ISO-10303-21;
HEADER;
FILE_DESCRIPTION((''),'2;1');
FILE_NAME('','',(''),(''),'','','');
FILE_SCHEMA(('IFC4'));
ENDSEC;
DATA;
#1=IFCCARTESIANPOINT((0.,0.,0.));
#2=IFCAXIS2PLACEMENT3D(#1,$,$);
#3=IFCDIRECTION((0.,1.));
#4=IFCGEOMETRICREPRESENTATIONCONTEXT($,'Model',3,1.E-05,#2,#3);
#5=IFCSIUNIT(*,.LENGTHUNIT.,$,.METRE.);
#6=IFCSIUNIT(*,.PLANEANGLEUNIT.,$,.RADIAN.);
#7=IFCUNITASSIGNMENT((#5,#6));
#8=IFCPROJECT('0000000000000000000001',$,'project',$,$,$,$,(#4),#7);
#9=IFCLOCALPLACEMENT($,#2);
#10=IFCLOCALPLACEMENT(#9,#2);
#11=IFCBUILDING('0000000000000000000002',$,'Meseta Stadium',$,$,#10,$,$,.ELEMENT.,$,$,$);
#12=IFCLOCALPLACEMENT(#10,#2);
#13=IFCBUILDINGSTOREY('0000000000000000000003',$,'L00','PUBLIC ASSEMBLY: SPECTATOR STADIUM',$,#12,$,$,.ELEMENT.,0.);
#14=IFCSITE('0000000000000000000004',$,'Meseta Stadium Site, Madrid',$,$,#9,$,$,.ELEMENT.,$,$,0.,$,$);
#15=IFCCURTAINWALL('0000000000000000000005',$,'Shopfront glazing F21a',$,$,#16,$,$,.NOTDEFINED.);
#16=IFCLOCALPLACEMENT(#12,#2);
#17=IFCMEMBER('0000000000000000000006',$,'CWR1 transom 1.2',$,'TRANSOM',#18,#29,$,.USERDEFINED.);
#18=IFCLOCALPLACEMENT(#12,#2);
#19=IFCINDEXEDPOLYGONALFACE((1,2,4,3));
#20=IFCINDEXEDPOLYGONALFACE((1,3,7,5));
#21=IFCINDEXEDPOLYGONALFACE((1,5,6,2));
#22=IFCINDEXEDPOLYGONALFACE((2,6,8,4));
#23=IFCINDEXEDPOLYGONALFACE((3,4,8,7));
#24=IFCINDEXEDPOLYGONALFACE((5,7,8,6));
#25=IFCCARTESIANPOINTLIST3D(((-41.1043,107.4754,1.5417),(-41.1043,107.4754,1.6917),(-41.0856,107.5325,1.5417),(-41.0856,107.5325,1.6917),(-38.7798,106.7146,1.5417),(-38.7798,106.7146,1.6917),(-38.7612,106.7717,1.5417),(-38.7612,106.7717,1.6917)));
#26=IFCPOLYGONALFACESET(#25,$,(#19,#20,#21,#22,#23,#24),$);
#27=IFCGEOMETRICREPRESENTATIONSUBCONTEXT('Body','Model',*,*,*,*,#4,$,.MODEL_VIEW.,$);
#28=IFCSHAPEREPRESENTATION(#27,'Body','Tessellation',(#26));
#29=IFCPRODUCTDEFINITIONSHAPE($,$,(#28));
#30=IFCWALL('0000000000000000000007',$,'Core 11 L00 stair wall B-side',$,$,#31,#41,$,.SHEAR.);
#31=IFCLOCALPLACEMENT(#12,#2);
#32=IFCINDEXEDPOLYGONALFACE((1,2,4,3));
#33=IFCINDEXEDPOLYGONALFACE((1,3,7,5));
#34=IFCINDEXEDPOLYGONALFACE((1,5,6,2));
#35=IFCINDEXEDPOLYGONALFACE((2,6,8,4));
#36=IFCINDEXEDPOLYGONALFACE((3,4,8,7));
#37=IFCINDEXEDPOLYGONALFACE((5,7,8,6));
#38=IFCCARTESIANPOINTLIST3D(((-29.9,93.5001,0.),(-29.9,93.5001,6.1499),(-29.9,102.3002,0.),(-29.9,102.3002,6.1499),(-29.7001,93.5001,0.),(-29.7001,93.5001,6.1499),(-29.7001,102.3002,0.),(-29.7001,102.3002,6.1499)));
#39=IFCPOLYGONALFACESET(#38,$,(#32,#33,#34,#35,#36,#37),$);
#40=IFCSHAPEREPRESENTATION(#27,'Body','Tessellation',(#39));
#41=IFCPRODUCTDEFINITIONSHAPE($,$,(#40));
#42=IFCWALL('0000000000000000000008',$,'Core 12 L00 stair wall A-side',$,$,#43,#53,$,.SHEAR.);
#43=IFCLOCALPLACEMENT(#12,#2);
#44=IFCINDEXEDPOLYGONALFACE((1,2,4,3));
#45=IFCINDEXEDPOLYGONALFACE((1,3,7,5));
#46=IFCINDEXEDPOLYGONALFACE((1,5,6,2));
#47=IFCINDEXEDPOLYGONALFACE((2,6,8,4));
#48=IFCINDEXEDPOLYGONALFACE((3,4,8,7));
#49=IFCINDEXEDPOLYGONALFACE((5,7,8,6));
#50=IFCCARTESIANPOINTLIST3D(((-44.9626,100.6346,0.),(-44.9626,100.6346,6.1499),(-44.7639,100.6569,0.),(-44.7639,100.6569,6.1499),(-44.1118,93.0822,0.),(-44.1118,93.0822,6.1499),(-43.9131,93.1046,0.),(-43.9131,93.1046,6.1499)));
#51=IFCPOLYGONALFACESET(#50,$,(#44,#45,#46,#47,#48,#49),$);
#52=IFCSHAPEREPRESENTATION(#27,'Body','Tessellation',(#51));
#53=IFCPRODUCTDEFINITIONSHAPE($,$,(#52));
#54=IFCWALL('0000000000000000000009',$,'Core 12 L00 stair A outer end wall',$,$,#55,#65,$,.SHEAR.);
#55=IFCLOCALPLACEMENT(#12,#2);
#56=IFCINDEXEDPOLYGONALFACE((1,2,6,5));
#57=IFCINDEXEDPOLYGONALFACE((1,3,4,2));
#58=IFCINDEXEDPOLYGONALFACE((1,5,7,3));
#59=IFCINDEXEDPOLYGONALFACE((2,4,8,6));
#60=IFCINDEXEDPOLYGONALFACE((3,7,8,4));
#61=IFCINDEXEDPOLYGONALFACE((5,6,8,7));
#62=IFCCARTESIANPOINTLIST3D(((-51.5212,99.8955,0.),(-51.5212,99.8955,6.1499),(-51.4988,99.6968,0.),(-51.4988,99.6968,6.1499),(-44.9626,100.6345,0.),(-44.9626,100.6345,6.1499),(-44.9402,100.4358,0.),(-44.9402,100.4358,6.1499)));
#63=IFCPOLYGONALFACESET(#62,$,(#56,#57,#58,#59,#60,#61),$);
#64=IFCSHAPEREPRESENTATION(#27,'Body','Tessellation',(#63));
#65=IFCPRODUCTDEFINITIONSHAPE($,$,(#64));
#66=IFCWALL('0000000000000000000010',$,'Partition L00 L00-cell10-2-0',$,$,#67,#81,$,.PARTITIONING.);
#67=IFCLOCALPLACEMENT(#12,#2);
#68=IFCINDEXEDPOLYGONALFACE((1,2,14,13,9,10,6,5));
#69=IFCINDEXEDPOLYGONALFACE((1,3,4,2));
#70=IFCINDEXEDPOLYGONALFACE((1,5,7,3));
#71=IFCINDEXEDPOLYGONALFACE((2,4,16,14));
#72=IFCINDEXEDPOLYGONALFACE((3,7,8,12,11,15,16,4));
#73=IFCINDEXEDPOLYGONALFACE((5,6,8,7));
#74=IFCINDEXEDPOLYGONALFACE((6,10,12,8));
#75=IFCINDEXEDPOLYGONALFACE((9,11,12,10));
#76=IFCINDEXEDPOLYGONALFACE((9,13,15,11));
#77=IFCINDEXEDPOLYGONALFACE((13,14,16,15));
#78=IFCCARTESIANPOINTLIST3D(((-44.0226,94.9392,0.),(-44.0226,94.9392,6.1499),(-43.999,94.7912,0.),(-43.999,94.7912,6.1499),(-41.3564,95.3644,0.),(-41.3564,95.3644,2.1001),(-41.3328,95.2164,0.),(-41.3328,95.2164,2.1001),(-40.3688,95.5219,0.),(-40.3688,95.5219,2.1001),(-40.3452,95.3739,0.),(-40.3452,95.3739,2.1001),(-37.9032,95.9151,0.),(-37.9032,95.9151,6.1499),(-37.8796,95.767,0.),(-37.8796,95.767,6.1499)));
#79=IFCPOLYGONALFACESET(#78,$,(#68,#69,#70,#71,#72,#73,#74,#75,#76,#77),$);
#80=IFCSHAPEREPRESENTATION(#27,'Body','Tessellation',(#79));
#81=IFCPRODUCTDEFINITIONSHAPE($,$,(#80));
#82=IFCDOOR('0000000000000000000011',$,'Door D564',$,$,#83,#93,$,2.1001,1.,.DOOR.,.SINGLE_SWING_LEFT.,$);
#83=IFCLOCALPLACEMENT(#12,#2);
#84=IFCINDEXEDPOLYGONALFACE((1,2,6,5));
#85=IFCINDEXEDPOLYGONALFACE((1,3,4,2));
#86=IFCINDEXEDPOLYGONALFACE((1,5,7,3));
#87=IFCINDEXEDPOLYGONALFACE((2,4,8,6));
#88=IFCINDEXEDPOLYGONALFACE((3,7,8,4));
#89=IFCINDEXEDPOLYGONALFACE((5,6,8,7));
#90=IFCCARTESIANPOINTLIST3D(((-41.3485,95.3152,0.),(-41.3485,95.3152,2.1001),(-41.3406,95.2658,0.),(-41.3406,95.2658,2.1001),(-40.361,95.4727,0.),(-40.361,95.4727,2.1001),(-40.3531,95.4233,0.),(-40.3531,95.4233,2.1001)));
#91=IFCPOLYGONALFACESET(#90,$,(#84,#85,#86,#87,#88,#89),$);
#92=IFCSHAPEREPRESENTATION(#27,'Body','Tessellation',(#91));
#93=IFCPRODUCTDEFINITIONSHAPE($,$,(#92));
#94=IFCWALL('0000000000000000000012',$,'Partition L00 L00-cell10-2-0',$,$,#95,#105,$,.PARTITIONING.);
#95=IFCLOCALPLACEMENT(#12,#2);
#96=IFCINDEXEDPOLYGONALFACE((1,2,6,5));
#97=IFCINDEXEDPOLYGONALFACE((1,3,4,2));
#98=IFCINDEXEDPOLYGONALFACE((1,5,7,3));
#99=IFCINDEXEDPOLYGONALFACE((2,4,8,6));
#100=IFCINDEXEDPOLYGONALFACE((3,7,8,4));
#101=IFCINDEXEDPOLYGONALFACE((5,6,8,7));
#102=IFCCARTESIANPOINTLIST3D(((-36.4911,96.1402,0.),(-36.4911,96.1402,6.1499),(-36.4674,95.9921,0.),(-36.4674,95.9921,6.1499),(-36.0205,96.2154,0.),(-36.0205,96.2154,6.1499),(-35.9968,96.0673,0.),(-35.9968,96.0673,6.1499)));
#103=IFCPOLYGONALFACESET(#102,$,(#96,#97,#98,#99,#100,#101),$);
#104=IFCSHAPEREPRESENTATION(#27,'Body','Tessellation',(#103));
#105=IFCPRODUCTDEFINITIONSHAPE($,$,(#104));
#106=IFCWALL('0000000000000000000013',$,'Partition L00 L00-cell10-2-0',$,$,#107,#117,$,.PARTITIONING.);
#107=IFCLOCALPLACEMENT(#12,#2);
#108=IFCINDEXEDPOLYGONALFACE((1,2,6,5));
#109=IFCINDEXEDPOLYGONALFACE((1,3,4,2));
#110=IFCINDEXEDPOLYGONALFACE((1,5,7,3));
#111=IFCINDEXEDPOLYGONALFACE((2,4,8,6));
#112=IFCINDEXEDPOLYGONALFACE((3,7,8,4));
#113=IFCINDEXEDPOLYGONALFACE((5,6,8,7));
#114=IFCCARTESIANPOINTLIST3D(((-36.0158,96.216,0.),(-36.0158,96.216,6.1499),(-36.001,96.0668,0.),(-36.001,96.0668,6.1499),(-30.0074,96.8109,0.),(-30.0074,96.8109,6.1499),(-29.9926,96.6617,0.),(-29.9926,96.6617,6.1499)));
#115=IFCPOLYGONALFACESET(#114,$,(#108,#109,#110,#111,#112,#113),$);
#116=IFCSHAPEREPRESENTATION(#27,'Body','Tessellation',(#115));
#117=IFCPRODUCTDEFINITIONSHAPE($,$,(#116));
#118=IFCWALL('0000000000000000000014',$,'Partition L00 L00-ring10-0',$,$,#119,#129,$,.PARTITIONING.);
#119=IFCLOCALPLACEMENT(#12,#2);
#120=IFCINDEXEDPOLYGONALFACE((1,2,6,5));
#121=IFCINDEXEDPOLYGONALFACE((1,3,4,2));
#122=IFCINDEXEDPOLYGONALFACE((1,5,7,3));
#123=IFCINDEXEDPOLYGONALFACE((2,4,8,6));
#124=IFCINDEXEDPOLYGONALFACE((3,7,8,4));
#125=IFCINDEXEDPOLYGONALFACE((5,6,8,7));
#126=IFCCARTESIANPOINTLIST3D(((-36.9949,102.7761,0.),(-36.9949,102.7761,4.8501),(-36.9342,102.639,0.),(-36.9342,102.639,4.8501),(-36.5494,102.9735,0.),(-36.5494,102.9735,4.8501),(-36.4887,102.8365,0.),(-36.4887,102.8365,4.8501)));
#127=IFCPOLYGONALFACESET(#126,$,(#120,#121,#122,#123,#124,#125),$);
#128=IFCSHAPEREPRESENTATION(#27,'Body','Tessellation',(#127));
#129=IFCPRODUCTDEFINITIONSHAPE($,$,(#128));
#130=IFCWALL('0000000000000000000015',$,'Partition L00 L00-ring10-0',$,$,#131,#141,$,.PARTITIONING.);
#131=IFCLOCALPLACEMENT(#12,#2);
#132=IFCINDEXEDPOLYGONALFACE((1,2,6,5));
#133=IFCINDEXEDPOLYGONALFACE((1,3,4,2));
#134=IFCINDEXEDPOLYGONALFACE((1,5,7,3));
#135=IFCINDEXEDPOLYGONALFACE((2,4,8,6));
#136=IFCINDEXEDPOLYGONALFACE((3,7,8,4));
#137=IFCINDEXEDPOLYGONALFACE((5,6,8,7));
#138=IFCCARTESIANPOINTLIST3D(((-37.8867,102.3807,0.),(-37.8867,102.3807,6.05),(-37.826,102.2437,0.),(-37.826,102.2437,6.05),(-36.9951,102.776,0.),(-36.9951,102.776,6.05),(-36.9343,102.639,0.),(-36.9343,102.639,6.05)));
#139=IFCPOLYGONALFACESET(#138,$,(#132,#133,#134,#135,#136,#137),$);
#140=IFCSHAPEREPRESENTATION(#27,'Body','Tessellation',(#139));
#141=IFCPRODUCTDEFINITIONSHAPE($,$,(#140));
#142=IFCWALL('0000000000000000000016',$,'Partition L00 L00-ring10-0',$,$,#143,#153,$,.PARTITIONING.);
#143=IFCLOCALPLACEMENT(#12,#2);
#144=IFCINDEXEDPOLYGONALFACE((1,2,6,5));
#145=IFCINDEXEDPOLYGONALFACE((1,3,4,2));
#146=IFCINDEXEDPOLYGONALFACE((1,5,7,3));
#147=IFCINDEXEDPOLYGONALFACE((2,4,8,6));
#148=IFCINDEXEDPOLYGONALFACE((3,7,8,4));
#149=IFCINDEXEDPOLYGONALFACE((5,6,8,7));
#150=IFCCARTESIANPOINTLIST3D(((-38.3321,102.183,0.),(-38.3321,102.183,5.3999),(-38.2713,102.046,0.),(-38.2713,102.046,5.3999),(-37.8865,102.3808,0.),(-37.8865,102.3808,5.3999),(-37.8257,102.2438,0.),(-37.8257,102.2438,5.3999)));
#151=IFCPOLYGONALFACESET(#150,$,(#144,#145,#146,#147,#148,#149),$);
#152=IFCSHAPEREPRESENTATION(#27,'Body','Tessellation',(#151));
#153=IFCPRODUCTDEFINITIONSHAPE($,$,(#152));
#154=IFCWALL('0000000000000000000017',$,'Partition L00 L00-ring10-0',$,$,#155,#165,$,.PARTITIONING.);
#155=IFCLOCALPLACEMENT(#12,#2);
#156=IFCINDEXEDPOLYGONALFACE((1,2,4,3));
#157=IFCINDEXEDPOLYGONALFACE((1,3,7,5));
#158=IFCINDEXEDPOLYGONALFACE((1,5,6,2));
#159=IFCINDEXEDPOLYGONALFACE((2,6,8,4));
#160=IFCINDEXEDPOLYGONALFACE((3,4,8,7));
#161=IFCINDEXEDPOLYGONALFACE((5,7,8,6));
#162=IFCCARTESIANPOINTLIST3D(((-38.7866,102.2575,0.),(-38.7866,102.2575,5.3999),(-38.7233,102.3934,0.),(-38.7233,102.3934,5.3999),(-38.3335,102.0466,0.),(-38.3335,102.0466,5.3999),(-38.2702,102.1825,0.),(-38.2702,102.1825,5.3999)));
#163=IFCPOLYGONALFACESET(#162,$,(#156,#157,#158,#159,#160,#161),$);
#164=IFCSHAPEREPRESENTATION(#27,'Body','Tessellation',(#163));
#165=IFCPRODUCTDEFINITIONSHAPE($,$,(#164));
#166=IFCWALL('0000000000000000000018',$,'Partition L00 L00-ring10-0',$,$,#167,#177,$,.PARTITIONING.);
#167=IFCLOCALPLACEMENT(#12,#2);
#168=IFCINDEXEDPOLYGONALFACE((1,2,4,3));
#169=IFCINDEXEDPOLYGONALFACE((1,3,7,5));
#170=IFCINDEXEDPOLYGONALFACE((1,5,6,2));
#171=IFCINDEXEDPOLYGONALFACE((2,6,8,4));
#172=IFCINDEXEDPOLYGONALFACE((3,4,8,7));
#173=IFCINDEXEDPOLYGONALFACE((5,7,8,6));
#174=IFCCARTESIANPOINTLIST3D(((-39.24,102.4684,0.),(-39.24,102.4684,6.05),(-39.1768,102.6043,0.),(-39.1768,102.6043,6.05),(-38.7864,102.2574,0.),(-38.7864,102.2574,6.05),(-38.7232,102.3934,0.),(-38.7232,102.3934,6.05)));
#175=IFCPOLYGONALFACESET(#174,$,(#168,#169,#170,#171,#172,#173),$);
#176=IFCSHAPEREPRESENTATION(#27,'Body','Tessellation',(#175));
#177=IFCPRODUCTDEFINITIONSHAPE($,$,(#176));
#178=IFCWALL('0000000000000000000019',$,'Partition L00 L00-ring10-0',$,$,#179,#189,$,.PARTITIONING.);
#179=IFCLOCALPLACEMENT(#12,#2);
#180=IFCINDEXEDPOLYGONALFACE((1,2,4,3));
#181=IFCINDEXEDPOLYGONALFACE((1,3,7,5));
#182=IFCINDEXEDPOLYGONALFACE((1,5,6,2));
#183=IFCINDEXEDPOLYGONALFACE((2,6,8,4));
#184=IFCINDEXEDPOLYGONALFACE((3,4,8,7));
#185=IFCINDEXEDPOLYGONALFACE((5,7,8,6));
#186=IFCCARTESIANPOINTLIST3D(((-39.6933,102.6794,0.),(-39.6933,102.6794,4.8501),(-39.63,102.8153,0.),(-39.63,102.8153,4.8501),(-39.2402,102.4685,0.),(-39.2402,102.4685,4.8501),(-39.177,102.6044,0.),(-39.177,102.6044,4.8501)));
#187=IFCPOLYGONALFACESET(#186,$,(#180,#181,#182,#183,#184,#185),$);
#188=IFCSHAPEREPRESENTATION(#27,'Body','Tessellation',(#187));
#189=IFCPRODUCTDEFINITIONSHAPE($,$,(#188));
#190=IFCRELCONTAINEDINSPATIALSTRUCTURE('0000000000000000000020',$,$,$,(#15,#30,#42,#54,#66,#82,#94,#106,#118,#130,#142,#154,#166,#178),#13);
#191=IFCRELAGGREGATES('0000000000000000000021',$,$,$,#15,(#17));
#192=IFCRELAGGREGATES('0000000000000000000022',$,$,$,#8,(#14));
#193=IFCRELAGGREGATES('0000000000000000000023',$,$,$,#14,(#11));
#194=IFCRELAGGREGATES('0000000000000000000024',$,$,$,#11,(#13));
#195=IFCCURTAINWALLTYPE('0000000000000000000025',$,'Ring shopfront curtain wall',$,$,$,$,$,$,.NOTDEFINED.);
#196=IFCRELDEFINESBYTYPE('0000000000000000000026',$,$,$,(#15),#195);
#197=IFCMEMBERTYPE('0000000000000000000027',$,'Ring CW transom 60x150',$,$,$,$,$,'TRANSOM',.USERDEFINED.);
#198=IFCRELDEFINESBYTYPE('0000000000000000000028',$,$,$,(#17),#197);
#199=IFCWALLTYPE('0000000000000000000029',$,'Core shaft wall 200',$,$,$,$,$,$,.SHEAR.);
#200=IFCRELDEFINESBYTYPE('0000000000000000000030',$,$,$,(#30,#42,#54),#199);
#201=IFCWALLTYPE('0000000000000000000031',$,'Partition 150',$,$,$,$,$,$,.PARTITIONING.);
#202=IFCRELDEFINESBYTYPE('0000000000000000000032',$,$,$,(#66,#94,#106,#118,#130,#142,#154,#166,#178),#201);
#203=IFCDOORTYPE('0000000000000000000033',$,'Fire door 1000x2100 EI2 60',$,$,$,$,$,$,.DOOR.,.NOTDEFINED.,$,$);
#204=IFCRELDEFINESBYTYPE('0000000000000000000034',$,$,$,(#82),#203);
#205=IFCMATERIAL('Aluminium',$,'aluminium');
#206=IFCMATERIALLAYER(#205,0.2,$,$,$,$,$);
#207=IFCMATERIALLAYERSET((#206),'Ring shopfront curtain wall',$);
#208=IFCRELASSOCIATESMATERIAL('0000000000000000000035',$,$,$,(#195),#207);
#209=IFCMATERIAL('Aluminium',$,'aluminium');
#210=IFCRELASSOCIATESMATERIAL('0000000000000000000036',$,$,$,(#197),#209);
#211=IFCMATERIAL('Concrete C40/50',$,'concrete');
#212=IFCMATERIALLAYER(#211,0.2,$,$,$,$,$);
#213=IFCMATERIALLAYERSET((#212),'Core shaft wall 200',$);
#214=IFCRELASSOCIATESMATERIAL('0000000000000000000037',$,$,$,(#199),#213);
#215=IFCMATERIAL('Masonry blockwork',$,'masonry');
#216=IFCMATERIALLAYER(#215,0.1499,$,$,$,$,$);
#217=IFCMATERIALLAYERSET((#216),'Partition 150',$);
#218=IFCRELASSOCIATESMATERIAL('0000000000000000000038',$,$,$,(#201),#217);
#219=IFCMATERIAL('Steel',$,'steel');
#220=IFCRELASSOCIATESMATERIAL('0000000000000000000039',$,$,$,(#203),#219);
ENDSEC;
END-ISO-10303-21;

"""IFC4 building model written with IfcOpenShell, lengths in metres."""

from ifc_helpers import new_model, si_unit, direction, frame, frame_2d, origin, origin_2d, place, context, subcontext, project, spatial, rectangle, extrude, material, layer, layer_set, material_profile, profile_set, type_object, element, fill, aggregate, save


model = new_model("IFC4")

# Units and contexts
model_context = context("Model", 3, precision=1e-05, world=origin(), true_north=direction((0.0, 1.0)))
body_context = subcontext(model_context, "Body", "Model", "MODEL_VIEW")
ifc_project = project(units=[si_unit("LENGTHUNIT", "METRE"), si_unit("PLANEANGLEUNIT", "RADIAN")], contexts=[model_context])

# Site, building, storey
site_placement = place(None, origin())
site = spatial("IfcSite", under=ifc_project, at=site_placement, Name="Meseta Stadium Site, Madrid", CompositionType="ELEMENT", RefElevation=0.0)
building_placement = place(site_placement, origin())
building = spatial("IfcBuilding", under=site, at=building_placement, Name="Meseta Stadium", CompositionType="ELEMENT")
storey_placement = place(building_placement, origin())
storey = spatial("IfcBuildingStorey", under=building, at=storey_placement, Name="L00", Description="PUBLIC ASSEMBLY: SPECTATOR STADIUM", CompositionType="ELEMENT", Elevation=0.0)

# Shared definitions
ifc_material_1 = material(Name="Aluminium", Category="aluminium")
ifc_layer_1 = layer(ifc_material_1, 0.2)
ifc_layer_set_1 = layer_set([ifc_layer_1], Name="Ring shopfront curtain wall")
curtain_wall_type = type_object("IfcCurtainWallType", Name="Ring shopfront curtain wall", PredefinedType="NOTDEFINED", material=ifc_layer_set_1)

# Curtain wall, member
curtain_wall_1_placement = place(storey_placement, origin())
curtain_wall_1 = element("IfcCurtainWall", 1, at=curtain_wall_1_placement, inside=storey, type_object=curtain_wall_type, Name="Shopfront glazing F21a", PredefinedType="NOTDEFINED")
ifc_material_2 = material(Name="Aluminium", Category="aluminium")
ifc_material_profile_1 = material_profile(ifc_material_2, rectangle(XDim=0.0601, YDim=0.1499, at=origin_2d()), Name="CW 60x150")
ifc_profile_set_1 = profile_set([ifc_material_profile_1], Name="Aluminium")
member_type_1 = type_object("IfcMemberType", Name="Ring CW transom 60x150", ElementType="TRANSOM", PredefinedType="USERDEFINED", material=ifc_profile_set_1)
member_1_placement = place(storey_placement, frame((-38.7705, 106.7432, 1.6167), z_axis=(-0.950396, 0.311042, 0.0), x_axis=(-0.311042, -0.950396, 0.0)))
member_1 = element("IfcMember", 2, at=member_1_placement, type_object=member_type_1, Name="CWR1 transom 1.2", ObjectType="TRANSOM", PredefinedType="USERDEFINED", context=body_context, shape_type="SweptSolid", body=[
    extrude(rectangle(XDim=0.0601, YDim=0.1499, at=origin_2d()), origin(), (0.0, 0.0, 1.0), 2.4458),
])
aggregate(curtain_wall_1, [member_1])

# Walls
ifc_material_3 = material(Name="Concrete C40/50", Category="concrete")
ifc_layer_2 = layer(ifc_material_3, 0.2)
ifc_layer_set_2 = layer_set([ifc_layer_2], Name="Core shaft wall 200")
wall_type_1 = type_object("IfcWallType", Name="Core shaft wall 200", PredefinedType="SHEAR", material=ifc_layer_set_2)
wall_1_placement = place(storey_placement, frame((-29.8, 102.3, 0.0), z_axis=(0.0, 0.0, 1.0), x_axis=(0.0, -1.0, 0.0)))
element("IfcWall", 3, at=wall_1_placement, inside=storey, type_object=wall_type_1, Name="Core 11 L00 stair wall B-side", PredefinedType="SHEAR", context=body_context, shape_type="SweptSolid", body=[
    extrude(rectangle(XDim=8.8, YDim=0.2, at=frame_2d((4.3999, 0.0))), origin(), (0.0, 0.0, 1.0), 6.1499),
])
wall_2_placement = place(storey_placement, frame((-44.8633, 100.6458, 0.0), z_axis=(0.0, 0.0, 1.0), x_axis=(0.111951, -0.993714, 0.0)))
element("IfcWall", 4, at=wall_2_placement, inside=storey, type_object=wall_type_1, Name="Core 12 L00 stair wall A-side", PredefinedType="SHEAR", context=body_context, shape_type="SweptSolid", body=[
    extrude(rectangle(XDim=7.6001, YDim=0.2, at=frame_2d((3.8, 0.0))), origin(), (0.0, 0.0, 1.0), 6.1499),
])
wall_3_placement = place(storey_placement, frame((-44.9514, 100.5352, 0.0), z_axis=(0.0, 0.0, 1.0), x_axis=(-0.993712, -0.11197, 0.0)))
element("IfcWall", 5, at=wall_3_placement, inside=storey, type_object=wall_type_1, Name="Core 12 L00 stair A outer end wall", PredefinedType="SHEAR", context=body_context, shape_type="SweptSolid", body=[
    extrude(rectangle(XDim=6.6001, YDim=0.2, at=frame_2d((3.3, 0.0))), origin(), (0.0, 0.0, 1.0), 6.1499),
])

# Wall, opening, door
ifc_material_4 = material(Name="Masonry blockwork", Category="masonry")
ifc_layer_3 = layer(ifc_material_4, 0.1499)
ifc_layer_set_3 = layer_set([ifc_layer_3], Name="Partition 150")
wall_type_2 = type_object("IfcWallType", Name="Partition 150", PredefinedType="PARTITIONING", material=ifc_layer_set_3)
wall_4_placement = place(storey_placement, frame((-37.8914, 95.8411, 0.0), z_axis=(0.0, 0.0, 1.0), x_axis=(-0.987523, -0.157476, 0.0)))
wall_4 = element("IfcWall", 6, at=wall_4_placement, inside=storey, type_object=wall_type_2, Name="Partition L00 L00-cell10-2-0", PredefinedType="PARTITIONING", context=body_context, shape_type="SweptSolid", body=[
    extrude(rectangle(XDim=6.1968, YDim=0.1499, at=frame_2d((3.0984, 0.0))), origin(), (0.0, 0.0, 1.0), 6.1499),
])
opening_1_placement = place(wall_4_placement, frame((2.4968, 0.0, 0.0)))
opening_1 = element("IfcOpeningElement", 7, at=opening_1_placement, cuts=wall_4, PredefinedType="OPENING", context=body_context, shape_type="SweptSolid", body=[
    extrude(rectangle(XDim=1.0, YDim=2.1001, at=frame_2d((0.5, 1.05))), frame((0.0, 0.085, 0.0), z_axis=(0.0, -1.0, 0.0), x_axis=(1.0, 0.0, 0.0)), (0.0, 0.0, 1.0), 0.1699),
])
ifc_material_5 = material(Name="Steel", Category="steel")
door_type = type_object("IfcDoorType", Name="Fire door 1000x2100 EI2 60", OperationType="NOTDEFINED", PredefinedType="DOOR", material=ifc_material_5)
door_1_placement = place(opening_1_placement, origin())
door_1 = element("IfcDoor", 8, at=door_1_placement, inside=storey, type_object=door_type, Name="Door D564", OperationType="SINGLE_SWING_LEFT", OverallHeight=2.1001, OverallWidth=1.0, PredefinedType="DOOR", context=body_context, shape_type="SweptSolid", body=[
    extrude(rectangle(XDim=1.0, YDim=2.1001, at=frame_2d((0.5, 1.05))), frame((0.0, 0.0249, 0.0), z_axis=(0.0, -1.0, 0.0), x_axis=(1.0, 0.0, 0.0)), (0.0, 0.0, 1.0), 0.05),
])
fill(opening_1, door_1)

# Walls
wall_5_placement = place(storey_placement, frame((-36.4792, 96.0662, 0.0), z_axis=(0.0, 0.0, 1.0), x_axis=(0.987479, 0.157751, 0.0)))
element("IfcWall", 9, at=wall_5_placement, inside=storey, type_object=wall_type_2, Name="Partition L00 L00-cell10-2-0", PredefinedType="PARTITIONING", context=body_context, shape_type="SweptSolid", body=[
    extrude(rectangle(XDim=0.4766, YDim=0.1499, at=frame_2d((0.2383, 0.0))), origin(), (0.0, 0.0, 1.0), 6.1499),
])
wall_6_placement = place(storey_placement, frame((-36.0085, 96.1414, 0.0), z_axis=(0.0, 0.0, 1.0), x_axis=(0.995133, 0.098539, 0.0)))
element("IfcWall", 10, at=wall_6_placement, inside=storey, type_object=wall_type_2, Name="Partition L00 L00-cell10-2-0", PredefinedType="PARTITIONING", context=body_context, shape_type="SweptSolid", body=[
    extrude(rectangle(XDim=6.0378, YDim=0.1499, at=frame_2d((3.019, 0.0))), origin(), (0.0, 0.0, 1.0), 6.1499),
])
wall_7_placement = place(storey_placement, frame((-36.519, 102.905, 0.0), z_axis=(0.0, 0.0, 1.0), x_axis=(-0.914204, -0.405255, 0.0)))
element("IfcWall", 11, at=wall_7_placement, inside=storey, type_object=wall_type_2, Name="Partition L00 L00-ring10-0", PredefinedType="PARTITIONING", context=body_context, shape_type="SweptSolid", body=[
    extrude(rectangle(XDim=0.4873, YDim=0.1499, at=frame_2d((0.2437, 0.0))), origin(), (0.0, 0.0, 1.0), 4.8501),
])
wall_8_placement = place(storey_placement, frame((-36.9646, 102.7075, 0.0), z_axis=(0.0, 0.0, 1.0), x_axis=(-0.914193, -0.405279, 0.0)))
element("IfcWall", 12, at=wall_8_placement, inside=storey, type_object=wall_type_2, Name="Partition L00 L00-ring10-0", PredefinedType="PARTITIONING", context=body_context, shape_type="SweptSolid", body=[
    extrude(rectangle(XDim=0.9753, YDim=0.1499, at=frame_2d((0.4878, 0.0))), origin(), (0.0, 0.0, 1.0), 6.05),
])
wall_9_placement = place(storey_placement, frame((-37.8562, 102.3123, 0.0), z_axis=(0.0, 0.0, 1.0), x_axis=(-0.914018, -0.405674, 0.0)))
element("IfcWall", 13, at=wall_9_placement, inside=storey, type_object=wall_type_2, Name="Partition L00 L00-ring10-0", PredefinedType="PARTITIONING", context=body_context, shape_type="SweptSolid", body=[
    extrude(rectangle(XDim=0.4875, YDim=0.1499, at=frame_2d((0.2437, 0.0))), origin(), (0.0, 0.0, 1.0), 5.3999),
])
wall_10_placement = place(storey_placement, frame((-38.3018, 102.1145, 0.0), z_axis=(0.0, 0.0, 1.0), x_axis=(-0.906582, 0.42203, 0.0)))
element("IfcWall", 14, at=wall_10_placement, inside=storey, type_object=wall_type_2, Name="Partition L00 L00-ring10-0", PredefinedType="PARTITIONING", context=body_context, shape_type="SweptSolid", body=[
    extrude(rectangle(XDim=0.4998, YDim=0.1499, at=frame_2d((0.25, 0.0))), origin(), (0.0, 0.0, 1.0), 5.3999),
])
wall_11_placement = place(storey_placement, frame((-38.7549, 102.3254, 0.0), z_axis=(0.0, 0.0, 1.0), x_axis=(-0.906756, 0.421656, 0.0)))
element("IfcWall", 15, at=wall_11_placement, inside=storey, type_object=wall_type_2, Name="Partition L00 L00-ring10-0", PredefinedType="PARTITIONING", context=body_context, shape_type="SweptSolid", body=[
    extrude(rectangle(XDim=0.5002, YDim=0.1499, at=frame_2d((0.25, 0.0))), origin(), (0.0, 0.0, 1.0), 6.05),
])
wall_12_placement = place(storey_placement, frame((-39.2085, 102.5364, 0.0), z_axis=(0.0, 0.0, 1.0), x_axis=(-0.906582, 0.42203, 0.0)))
element("IfcWall", 16, at=wall_12_placement, inside=storey, type_object=wall_type_2, Name="Partition L00 L00-ring10-0", PredefinedType="PARTITIONING", context=body_context, shape_type="SweptSolid", body=[
    extrude(rectangle(XDim=0.4998, YDim=0.1499, at=frame_2d((0.25, 0.0))), origin(), (0.0, 0.0, 1.0), 4.8501),
])

save(model, "model.ifc")
